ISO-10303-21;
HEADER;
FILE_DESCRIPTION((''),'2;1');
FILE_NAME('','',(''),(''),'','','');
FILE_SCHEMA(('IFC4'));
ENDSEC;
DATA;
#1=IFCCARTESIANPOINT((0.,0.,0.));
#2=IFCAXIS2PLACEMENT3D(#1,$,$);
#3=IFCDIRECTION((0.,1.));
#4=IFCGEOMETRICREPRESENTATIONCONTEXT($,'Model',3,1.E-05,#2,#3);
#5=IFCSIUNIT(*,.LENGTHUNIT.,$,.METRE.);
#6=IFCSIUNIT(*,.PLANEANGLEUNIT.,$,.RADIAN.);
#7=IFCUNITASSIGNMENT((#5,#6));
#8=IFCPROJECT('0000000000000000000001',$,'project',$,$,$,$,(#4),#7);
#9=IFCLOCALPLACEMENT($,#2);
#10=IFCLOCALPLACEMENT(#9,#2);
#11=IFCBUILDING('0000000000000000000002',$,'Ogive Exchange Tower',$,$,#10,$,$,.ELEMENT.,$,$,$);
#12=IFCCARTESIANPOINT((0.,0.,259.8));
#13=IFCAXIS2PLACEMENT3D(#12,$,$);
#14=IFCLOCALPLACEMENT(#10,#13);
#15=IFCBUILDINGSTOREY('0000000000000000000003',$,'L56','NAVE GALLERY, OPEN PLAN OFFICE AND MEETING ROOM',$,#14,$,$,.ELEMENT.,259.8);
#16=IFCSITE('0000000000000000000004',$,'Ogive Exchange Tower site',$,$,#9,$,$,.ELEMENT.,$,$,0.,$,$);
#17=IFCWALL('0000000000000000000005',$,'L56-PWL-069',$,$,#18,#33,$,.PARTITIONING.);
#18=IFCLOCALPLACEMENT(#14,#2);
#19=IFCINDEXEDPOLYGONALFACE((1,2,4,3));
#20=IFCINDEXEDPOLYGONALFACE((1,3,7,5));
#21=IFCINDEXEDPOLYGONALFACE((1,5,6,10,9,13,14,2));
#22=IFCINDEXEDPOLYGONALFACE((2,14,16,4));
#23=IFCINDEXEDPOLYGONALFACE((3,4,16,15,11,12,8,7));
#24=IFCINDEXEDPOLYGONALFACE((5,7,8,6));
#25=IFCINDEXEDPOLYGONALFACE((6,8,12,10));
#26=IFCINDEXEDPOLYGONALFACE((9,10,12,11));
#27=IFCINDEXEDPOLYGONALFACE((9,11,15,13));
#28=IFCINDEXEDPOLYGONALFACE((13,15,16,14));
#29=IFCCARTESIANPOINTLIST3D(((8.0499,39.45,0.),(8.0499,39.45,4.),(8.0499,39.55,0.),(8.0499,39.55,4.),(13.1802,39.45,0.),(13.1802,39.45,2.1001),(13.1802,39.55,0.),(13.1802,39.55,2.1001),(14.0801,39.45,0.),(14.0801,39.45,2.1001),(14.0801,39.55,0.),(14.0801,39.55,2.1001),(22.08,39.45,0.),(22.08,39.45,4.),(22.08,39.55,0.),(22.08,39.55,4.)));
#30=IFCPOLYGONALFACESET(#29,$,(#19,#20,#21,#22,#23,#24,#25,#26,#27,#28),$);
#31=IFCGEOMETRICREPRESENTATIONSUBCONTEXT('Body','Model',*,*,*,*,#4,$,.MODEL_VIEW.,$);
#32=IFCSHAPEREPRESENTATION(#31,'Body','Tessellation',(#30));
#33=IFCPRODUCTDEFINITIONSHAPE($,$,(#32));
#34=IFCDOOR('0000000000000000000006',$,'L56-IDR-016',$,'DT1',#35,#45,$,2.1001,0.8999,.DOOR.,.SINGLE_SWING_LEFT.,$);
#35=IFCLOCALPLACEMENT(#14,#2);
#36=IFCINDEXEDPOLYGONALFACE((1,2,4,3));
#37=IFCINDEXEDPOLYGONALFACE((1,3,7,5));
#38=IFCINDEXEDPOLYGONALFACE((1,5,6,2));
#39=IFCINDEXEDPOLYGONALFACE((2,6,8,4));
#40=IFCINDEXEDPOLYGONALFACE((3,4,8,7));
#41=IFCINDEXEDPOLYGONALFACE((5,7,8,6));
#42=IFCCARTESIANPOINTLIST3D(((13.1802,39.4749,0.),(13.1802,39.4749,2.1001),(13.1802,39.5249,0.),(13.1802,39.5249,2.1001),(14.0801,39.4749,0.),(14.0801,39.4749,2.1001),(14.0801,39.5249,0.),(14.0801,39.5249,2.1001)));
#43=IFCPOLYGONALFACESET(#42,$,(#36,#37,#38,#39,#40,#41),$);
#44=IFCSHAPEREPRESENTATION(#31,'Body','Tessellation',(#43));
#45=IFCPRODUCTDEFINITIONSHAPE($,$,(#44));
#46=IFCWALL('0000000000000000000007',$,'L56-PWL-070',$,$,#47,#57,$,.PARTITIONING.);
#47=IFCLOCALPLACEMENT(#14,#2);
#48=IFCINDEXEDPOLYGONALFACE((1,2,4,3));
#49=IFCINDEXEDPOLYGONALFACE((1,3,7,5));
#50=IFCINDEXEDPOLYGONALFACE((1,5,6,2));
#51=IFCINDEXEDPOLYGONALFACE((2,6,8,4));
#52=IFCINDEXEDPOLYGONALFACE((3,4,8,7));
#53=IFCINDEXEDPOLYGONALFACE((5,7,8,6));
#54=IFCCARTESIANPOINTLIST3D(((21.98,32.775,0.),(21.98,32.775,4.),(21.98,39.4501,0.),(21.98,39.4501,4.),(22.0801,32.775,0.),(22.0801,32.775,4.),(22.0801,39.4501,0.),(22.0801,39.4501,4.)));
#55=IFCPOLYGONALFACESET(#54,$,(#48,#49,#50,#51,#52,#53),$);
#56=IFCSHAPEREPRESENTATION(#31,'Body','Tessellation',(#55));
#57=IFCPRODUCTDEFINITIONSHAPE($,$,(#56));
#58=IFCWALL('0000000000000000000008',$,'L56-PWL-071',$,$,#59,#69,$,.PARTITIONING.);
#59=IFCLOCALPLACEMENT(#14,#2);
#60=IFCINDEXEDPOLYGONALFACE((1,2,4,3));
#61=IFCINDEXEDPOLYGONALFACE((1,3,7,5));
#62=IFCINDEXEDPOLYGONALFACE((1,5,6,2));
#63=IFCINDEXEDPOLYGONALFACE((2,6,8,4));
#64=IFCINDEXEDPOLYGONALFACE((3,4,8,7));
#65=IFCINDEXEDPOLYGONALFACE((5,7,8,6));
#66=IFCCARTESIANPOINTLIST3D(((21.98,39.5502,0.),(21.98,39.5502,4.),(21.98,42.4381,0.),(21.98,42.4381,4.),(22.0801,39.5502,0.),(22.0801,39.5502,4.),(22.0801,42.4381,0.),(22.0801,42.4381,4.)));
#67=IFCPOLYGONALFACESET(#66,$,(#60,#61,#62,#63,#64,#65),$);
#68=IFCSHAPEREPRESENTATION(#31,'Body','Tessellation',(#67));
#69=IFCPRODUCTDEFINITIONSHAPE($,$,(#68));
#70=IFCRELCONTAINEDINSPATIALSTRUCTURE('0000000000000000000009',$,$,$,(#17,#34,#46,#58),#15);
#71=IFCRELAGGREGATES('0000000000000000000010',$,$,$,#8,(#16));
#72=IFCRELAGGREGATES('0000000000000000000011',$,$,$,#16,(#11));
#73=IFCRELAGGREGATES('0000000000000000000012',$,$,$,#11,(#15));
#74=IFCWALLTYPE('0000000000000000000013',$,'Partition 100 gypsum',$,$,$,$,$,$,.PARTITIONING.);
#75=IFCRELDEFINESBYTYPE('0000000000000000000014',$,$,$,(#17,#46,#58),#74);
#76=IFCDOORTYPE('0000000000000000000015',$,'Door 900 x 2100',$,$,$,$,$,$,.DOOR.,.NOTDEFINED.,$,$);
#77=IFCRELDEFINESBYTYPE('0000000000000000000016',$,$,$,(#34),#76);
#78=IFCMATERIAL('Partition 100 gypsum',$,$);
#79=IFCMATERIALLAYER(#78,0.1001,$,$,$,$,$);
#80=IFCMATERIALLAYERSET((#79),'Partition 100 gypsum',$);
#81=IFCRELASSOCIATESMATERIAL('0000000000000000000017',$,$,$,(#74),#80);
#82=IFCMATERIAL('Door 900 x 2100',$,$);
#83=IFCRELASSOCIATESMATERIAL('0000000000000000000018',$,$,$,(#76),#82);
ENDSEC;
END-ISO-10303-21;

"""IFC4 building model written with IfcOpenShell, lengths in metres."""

from ifc_helpers import new_model, si_unit, direction, frame, frame_2d, origin, place, context, subcontext, project, spatial, rectangle, extrude, material, layer, layer_set, type_object, element, fill, save


model = new_model("IFC4")

# Units and contexts
model_context = context("Model", 3, precision=1e-05, world=origin(), true_north=direction((0.0, 1.0)))
body_context = subcontext(model_context, "Body", "Model", "MODEL_VIEW")
ifc_project = project(units=[si_unit("LENGTHUNIT", "METRE"), si_unit("PLANEANGLEUNIT", "RADIAN")], contexts=[model_context])

# Site, building, storey
site_placement = place(None, origin())
site = spatial("IfcSite", under=ifc_project, at=site_placement, Name="Ogive Exchange Tower site", CompositionType="ELEMENT", RefElevation=0.0)
building_placement = place(site_placement, origin())
building = spatial("IfcBuilding", under=site, at=building_placement, Name="Ogive Exchange Tower", CompositionType="ELEMENT")
storey_placement = place(building_placement, frame((0.0, 0.0, 259.8)))
storey = spatial("IfcBuildingStorey", under=building, at=storey_placement, Name="L56", Description="NAVE GALLERY, OPEN PLAN OFFICE AND MEETING ROOM", CompositionType="ELEMENT", Elevation=259.8)

# Wall, opening, door
ifc_material_1 = material(Name="Partition 100 gypsum")
ifc_layer_1 = layer(ifc_material_1, 0.1001)
ifc_layer_set_1 = layer_set([ifc_layer_1], Name="Partition 100 gypsum")
wall_type_1 = type_object("IfcWallType", Name="Partition 100 gypsum", PredefinedType="PARTITIONING", material=ifc_layer_set_1)
wall_1_placement = place(storey_placement, frame((22.0801, 39.5, 0.0), z_axis=(0.0, 0.0, 1.0), x_axis=(-1.0, 0.0, 0.0)))
wall_1 = element("IfcWall", 1, at=wall_1_placement, inside=storey, type_object=wall_type_1, Name="L56-PWL-069", PredefinedType="PARTITIONING", context=body_context, shape_type="SweptSolid", body=[
    extrude(rectangle(XDim=14.03, YDim=0.1001, at=frame_2d((7.0151, 0.0))), origin(), (0.0, 0.0, 1.0), 4.0),
])
opening_1_placement = place(wall_1_placement, frame((8.0, 0.0, 0.0)))
opening_1 = element("IfcOpeningElement", 2, at=opening_1_placement, cuts=wall_1, PredefinedType="OPENING", context=body_context, shape_type="SweptSolid", body=[
    extrude(rectangle(XDim=0.8999, YDim=2.1001, at=frame_2d((0.45, 1.05))), frame((0.0, 0.0601, 0.0), z_axis=(0.0, -1.0, 0.0), x_axis=(1.0, 0.0, 0.0)), (0.0, 0.0, 1.0), 0.1201),
])
ifc_material_2 = material(Name="Door 900 x 2100")
door_type_1 = type_object("IfcDoorType", Name="Door 900 x 2100", OperationType="NOTDEFINED", PredefinedType="DOOR", material=ifc_material_2)
door_1_placement = place(opening_1_placement, frame((0.8999, 0.0, 0.0), z_axis=(0.0, 0.0, 1.0), x_axis=(-1.0, 0.0, 0.0)))
door_1 = element("IfcDoor", 3, at=door_1_placement, inside=storey, type_object=door_type_1, Name="L56-IDR-016", ObjectType="DT1", OperationType="SINGLE_SWING_LEFT", OverallHeight=2.1001, OverallWidth=0.8999, PredefinedType="DOOR", context=body_context, shape_type="SweptSolid", body=[
    extrude(rectangle(XDim=0.8999, YDim=2.1001, at=frame_2d((0.45, 1.05))), frame((0.0, 0.0249, 0.0), z_axis=(0.0, -1.0, 0.0), x_axis=(1.0, 0.0, 0.0)), (0.0, 0.0, 1.0), 0.05),
])
fill(opening_1, door_1)

# Walls
wall_2_placement = place(storey_placement, frame((22.03, 39.45, 0.0), z_axis=(0.0, 0.0, 1.0), x_axis=(0.0, -1.0, 0.0)))
element("IfcWall", 4, at=wall_2_placement, inside=storey, type_object=wall_type_1, Name="L56-PWL-070", PredefinedType="PARTITIONING", context=body_context, shape_type="SweptSolid", body=[
    extrude(rectangle(XDim=6.675, YDim=0.1001, at=frame_2d((3.3374, 0.0))), origin(), (0.0, 0.0, 1.0), 4.0),
])
wall_3_placement = place(storey_placement, frame((22.03, 42.438, 0.0), z_axis=(0.0, 0.0, 1.0), x_axis=(0.0, -1.0, 0.0)))
element("IfcWall", 5, at=wall_3_placement, inside=storey, type_object=wall_type_1, Name="L56-PWL-071", PredefinedType="PARTITIONING", context=body_context, shape_type="SweptSolid", body=[
    extrude(rectangle(XDim=2.8879, YDim=0.1001, at=frame_2d((1.4438, 0.0))), origin(), (0.0, 0.0, 1.0), 4.0),
])

save(model, "model.ifc")
